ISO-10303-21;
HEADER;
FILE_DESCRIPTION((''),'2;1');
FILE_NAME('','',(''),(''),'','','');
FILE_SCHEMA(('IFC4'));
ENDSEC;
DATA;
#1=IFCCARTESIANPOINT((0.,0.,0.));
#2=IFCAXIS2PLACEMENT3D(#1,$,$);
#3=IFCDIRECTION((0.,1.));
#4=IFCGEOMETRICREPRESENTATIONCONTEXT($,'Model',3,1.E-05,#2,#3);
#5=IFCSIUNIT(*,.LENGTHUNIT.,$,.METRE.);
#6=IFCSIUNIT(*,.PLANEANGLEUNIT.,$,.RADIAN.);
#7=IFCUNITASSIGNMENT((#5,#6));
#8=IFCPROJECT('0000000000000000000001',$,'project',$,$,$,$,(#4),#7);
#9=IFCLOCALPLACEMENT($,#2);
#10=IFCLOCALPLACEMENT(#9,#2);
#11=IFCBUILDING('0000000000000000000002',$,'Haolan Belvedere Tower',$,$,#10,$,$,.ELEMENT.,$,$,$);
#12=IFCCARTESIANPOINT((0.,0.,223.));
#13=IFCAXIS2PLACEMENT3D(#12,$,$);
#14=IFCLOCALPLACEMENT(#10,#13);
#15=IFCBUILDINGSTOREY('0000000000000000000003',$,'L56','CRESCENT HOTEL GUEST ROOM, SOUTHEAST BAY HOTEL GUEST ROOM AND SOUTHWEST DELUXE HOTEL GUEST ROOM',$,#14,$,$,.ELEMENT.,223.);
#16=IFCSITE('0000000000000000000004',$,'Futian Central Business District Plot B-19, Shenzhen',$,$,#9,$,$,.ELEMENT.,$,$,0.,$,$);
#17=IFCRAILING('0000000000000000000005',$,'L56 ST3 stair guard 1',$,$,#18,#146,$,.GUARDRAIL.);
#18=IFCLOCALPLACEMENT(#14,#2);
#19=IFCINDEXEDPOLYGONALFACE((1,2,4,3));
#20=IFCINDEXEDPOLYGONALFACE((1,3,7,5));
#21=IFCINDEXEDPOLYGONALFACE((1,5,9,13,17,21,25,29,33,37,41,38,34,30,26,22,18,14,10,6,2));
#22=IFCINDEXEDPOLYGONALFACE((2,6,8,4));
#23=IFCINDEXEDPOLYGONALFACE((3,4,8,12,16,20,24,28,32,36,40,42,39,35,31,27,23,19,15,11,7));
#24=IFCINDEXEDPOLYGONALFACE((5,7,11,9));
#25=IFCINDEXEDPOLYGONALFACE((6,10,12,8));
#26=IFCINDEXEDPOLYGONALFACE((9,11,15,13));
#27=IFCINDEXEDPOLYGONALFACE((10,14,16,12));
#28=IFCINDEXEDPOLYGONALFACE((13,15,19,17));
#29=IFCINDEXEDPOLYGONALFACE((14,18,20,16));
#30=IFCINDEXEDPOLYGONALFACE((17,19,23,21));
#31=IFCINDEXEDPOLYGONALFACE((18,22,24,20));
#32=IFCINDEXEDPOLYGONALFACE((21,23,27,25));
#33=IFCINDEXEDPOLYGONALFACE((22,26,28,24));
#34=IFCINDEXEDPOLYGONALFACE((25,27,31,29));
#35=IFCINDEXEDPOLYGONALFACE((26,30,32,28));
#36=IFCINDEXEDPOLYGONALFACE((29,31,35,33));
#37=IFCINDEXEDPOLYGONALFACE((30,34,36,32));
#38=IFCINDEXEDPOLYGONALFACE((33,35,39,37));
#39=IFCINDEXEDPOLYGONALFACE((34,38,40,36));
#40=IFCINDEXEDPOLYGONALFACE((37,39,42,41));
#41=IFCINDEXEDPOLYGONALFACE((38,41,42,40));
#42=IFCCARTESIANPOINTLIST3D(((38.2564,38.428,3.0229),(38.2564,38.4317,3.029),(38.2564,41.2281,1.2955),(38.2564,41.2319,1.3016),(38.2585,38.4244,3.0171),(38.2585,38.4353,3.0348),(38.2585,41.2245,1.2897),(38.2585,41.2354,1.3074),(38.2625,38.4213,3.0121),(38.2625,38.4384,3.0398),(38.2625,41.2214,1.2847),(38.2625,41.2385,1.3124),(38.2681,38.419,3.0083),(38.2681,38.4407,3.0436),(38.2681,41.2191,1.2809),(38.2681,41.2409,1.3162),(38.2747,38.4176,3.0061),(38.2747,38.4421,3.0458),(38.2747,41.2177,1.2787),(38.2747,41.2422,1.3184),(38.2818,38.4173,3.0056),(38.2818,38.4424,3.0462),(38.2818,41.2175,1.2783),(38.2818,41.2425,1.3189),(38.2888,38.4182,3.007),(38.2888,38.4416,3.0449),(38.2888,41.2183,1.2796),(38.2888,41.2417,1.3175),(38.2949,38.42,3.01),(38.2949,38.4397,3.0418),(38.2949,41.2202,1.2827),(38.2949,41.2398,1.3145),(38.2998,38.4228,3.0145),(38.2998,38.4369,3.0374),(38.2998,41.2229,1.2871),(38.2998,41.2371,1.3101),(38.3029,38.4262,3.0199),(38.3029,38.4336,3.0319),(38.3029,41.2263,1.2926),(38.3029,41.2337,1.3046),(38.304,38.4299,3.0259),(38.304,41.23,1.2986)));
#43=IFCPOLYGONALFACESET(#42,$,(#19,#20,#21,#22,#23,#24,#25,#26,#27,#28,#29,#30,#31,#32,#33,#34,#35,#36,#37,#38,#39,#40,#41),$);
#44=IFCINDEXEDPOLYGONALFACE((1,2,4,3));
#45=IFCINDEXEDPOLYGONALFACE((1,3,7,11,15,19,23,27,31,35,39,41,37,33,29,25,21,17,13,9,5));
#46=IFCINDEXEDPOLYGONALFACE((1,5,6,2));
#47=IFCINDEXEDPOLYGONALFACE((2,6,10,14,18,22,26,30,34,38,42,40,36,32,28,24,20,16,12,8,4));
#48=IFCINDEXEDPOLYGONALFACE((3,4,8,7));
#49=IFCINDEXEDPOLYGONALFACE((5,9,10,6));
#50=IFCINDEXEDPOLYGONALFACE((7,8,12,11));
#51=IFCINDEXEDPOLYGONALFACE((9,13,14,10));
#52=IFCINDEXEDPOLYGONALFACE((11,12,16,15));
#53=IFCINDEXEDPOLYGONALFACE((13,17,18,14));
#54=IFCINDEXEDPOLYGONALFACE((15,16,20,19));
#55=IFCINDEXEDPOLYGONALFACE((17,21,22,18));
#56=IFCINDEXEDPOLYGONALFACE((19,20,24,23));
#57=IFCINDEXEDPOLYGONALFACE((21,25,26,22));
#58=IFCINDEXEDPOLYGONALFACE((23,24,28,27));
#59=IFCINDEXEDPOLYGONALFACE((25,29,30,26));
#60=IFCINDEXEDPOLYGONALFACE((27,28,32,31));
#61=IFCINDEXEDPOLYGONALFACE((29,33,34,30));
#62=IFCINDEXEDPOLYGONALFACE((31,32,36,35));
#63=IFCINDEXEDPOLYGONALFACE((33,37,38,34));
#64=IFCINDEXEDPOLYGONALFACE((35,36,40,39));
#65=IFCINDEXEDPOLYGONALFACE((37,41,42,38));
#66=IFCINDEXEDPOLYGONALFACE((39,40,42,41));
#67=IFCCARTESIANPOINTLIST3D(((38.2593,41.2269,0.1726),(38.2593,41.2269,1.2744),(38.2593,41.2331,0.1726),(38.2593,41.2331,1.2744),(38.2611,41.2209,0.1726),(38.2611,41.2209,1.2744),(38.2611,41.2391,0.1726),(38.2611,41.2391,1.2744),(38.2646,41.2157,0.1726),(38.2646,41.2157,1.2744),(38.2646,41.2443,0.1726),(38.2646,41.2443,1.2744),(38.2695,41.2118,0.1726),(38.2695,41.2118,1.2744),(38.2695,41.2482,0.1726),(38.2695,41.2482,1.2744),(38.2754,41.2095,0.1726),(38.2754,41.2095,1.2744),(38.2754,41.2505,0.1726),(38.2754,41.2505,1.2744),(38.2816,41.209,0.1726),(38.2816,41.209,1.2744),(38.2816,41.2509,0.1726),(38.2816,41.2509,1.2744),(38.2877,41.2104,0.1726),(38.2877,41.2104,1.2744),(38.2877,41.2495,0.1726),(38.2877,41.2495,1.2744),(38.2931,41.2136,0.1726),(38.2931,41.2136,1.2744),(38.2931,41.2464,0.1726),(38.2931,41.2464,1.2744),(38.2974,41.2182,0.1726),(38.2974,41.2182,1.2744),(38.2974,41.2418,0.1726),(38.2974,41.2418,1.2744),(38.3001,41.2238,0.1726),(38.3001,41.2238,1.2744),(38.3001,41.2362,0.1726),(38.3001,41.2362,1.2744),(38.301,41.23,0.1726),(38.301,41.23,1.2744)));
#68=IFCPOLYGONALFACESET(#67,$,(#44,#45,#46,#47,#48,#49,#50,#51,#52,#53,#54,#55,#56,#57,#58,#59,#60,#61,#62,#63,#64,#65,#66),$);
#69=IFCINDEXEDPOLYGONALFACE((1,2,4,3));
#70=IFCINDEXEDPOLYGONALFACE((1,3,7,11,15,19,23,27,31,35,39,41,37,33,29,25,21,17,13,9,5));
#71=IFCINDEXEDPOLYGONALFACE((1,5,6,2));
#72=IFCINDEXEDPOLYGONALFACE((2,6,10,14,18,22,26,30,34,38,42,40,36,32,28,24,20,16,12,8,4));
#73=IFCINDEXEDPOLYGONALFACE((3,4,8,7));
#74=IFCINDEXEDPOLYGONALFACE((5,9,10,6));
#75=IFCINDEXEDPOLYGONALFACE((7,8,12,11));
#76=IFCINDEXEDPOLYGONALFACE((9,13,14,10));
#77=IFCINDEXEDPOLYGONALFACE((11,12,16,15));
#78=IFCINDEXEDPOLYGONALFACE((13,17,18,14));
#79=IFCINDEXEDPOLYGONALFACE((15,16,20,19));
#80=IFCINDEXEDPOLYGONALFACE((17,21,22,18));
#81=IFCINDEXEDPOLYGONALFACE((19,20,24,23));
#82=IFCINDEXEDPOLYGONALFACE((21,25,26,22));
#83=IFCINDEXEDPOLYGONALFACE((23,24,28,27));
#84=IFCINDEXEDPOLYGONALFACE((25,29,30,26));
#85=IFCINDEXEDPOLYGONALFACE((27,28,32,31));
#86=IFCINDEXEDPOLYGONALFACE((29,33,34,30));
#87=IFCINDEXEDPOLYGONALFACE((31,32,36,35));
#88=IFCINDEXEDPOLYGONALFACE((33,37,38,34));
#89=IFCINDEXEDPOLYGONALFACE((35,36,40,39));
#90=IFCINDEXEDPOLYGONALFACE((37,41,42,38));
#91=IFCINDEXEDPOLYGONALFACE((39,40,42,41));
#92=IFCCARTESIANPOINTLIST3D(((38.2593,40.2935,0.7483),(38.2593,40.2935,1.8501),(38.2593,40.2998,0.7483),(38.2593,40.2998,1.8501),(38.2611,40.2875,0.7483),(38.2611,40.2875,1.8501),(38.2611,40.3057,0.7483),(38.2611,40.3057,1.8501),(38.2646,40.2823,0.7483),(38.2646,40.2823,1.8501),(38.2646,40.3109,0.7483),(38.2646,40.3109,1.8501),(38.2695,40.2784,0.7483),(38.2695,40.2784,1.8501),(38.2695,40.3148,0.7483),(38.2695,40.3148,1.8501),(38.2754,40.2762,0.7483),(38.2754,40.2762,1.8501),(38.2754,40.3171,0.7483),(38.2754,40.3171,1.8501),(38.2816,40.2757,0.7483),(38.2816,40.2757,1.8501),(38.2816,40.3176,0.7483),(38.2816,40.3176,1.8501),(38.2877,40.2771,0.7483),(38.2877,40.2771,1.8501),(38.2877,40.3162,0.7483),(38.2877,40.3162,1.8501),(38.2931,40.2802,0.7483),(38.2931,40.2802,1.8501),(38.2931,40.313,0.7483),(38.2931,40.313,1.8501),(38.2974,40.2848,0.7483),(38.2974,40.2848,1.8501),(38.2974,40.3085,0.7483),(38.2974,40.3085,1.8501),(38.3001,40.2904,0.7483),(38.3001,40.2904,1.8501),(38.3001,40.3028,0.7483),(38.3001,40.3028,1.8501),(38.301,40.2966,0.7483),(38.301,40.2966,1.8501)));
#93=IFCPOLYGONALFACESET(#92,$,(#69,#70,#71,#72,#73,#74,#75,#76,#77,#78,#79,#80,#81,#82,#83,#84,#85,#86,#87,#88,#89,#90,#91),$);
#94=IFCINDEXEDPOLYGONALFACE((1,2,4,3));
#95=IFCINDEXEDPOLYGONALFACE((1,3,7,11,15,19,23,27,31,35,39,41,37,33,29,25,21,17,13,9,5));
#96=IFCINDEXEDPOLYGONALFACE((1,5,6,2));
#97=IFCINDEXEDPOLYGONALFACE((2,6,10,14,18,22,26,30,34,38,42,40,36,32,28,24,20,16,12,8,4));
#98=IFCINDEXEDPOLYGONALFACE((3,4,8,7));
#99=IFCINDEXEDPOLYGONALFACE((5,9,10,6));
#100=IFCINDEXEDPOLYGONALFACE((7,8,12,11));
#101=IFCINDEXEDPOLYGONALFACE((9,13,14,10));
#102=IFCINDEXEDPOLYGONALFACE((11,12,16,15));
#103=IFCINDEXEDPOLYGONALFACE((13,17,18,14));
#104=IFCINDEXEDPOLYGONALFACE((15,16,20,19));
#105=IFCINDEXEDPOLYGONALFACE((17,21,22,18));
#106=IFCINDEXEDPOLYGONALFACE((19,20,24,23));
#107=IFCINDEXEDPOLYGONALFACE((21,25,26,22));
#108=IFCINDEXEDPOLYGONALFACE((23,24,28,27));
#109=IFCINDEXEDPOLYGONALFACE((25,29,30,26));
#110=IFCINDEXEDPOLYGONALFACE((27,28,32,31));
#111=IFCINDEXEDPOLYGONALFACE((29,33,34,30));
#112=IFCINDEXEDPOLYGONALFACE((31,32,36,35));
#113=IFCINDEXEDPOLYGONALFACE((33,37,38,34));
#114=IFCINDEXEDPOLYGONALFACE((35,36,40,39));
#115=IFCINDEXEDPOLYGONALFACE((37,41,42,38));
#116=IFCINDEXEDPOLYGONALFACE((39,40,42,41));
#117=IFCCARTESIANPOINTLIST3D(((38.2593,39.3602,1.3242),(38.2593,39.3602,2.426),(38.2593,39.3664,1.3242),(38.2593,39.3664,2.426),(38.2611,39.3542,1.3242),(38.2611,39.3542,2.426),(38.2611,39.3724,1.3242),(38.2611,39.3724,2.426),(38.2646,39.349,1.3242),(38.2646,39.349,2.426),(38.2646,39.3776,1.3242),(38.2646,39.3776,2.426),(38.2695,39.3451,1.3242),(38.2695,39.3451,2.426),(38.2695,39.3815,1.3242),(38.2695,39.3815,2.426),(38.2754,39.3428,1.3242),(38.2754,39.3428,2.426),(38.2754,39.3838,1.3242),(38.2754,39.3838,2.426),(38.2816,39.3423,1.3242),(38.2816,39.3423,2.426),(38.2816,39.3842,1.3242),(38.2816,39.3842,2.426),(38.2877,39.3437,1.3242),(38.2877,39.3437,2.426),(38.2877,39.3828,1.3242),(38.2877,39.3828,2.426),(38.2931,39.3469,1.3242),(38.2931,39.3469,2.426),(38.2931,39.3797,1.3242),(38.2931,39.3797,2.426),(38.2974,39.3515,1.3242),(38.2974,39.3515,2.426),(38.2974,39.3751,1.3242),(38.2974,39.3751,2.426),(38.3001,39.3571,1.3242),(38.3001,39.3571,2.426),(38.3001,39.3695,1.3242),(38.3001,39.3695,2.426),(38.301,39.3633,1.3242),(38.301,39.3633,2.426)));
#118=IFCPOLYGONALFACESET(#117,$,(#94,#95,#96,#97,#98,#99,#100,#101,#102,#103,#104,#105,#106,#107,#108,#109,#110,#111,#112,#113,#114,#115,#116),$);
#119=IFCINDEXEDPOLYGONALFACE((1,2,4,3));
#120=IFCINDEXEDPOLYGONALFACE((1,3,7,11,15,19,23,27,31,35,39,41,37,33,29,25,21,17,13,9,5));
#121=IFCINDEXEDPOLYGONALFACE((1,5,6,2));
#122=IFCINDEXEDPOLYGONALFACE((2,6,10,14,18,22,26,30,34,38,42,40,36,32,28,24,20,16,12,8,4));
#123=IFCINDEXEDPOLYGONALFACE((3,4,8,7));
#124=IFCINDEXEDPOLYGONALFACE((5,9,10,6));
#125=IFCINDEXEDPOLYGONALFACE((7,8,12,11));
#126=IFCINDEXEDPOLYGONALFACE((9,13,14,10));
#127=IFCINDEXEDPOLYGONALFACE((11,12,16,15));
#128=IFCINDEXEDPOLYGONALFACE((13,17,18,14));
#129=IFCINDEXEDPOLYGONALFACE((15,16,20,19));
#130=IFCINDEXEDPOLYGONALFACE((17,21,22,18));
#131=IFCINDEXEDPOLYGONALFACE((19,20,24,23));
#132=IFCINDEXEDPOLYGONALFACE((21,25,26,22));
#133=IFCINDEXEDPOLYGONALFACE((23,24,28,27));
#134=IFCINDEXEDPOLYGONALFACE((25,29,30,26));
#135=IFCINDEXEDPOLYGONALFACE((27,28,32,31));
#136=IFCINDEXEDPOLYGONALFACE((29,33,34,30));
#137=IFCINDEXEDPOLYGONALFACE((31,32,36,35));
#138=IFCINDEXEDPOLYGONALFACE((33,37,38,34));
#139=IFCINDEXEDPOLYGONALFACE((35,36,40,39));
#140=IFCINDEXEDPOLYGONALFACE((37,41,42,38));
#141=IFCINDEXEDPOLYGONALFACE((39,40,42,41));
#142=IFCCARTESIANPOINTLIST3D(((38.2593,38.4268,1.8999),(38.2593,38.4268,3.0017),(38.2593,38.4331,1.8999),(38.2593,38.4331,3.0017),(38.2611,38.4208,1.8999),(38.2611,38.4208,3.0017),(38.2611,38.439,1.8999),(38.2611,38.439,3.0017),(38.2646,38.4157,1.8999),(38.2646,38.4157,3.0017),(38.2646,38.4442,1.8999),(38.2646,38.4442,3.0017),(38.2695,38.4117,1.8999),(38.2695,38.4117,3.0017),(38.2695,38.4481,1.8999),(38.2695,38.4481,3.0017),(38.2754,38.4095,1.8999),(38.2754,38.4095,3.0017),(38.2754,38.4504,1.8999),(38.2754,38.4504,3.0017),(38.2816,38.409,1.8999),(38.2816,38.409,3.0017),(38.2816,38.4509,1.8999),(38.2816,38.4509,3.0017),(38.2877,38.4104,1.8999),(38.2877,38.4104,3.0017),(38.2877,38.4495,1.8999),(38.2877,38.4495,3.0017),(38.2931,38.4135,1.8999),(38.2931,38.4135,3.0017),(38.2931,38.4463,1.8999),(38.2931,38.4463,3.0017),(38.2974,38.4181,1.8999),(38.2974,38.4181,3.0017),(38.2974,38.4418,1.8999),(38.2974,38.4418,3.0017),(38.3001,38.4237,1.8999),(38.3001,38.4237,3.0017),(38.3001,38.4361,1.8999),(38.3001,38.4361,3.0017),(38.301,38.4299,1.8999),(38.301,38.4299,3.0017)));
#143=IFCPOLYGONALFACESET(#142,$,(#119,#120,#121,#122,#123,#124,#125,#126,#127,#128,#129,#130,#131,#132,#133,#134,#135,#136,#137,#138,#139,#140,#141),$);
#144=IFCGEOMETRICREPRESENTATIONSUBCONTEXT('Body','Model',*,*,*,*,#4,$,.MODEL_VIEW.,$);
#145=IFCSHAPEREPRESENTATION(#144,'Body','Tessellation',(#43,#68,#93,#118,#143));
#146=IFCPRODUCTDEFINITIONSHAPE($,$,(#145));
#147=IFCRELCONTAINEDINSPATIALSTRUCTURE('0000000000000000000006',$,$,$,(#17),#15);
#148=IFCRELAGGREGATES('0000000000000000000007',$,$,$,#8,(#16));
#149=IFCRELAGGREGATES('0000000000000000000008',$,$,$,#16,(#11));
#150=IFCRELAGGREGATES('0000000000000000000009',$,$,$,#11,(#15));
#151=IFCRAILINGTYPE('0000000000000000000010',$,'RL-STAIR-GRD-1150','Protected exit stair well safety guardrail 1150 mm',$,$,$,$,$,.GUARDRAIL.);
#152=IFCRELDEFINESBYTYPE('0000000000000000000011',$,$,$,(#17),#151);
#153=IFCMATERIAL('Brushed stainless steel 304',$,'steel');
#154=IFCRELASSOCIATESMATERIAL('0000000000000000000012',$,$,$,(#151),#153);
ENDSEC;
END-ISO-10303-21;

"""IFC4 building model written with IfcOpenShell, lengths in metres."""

from ifc_helpers import new_model, si_unit, direction, frame, origin, origin_2d, place, context, subcontext, project, spatial, circle, extrude, material, type_object, element, save


model = new_model("IFC4")

# Units and contexts
model_context = context("Model", 3, precision=1e-05, world=origin(), true_north=direction((0.0, 1.0)))
body_context = subcontext(model_context, "Body", "Model", "MODEL_VIEW")
ifc_project = project(units=[si_unit("LENGTHUNIT", "METRE"), si_unit("PLANEANGLEUNIT", "RADIAN")], contexts=[model_context])

# Site, building, storey
site_placement = place(None, origin())
site = spatial("IfcSite", under=ifc_project, at=site_placement, Name="Futian Central Business District Plot B-19, Shenzhen", CompositionType="ELEMENT", RefElevation=0.0)
building_placement = place(site_placement, origin())
building = spatial("IfcBuilding", under=site, at=building_placement, Name="Haolan Belvedere Tower", CompositionType="ELEMENT")
storey_placement = place(building_placement, frame((0.0, 0.0, 223.0)))
storey = spatial("IfcBuildingStorey", under=building, at=storey_placement, Name="L56", Description="CRESCENT HOTEL GUEST ROOM, SOUTHEAST BAY HOTEL GUEST ROOM AND SOUTHWEST DELUXE HOTEL GUEST ROOM", CompositionType="ELEMENT", Elevation=223.0)

# Railing
ifc_material_1 = material(Name="Brushed stainless steel 304", Category="steel")
railing_type_1 = type_object("IfcRailingType", Name="RL-STAIR-GRD-1150", Description="Protected exit stair well safety guardrail 1150 mm", PredefinedType="GUARDRAIL", material=ifc_material_1)
railing_1_placement = place(storey_placement, frame((38.28, 41.23, 0.1726)))
element("IfcRailing", 1, at=railing_1_placement, inside=storey, type_object=railing_type_1, Name="L56 ST3 stair guard 1", PredefinedType="GUARDRAIL", context=body_context, shape_type="SweptSolid", body=[
    extrude(circle(Radius=0.0239, at=origin_2d()), frame((0.0, 0.0, 1.126), z_axis=(0.0, -0.85109, 0.52502), x_axis=(1.0, 0.0, 0.0)), (0.0, 0.0, 1.0), 3.29),
    extrude(circle(Radius=0.021, at=origin_2d()), origin(), (0.0, 0.0, 1.0), 1.1018),
    extrude(circle(Radius=0.021, at=origin_2d()), frame((0.0, -0.9333, 0.5757)), (0.0, 0.0, 1.0), 1.1018),
    extrude(circle(Radius=0.021, at=origin_2d()), frame((0.0, -1.8667, 1.1516)), (0.0, 0.0, 1.0), 1.1018),
    extrude(circle(Radius=0.021, at=origin_2d()), frame((0.0, -2.8, 1.7273)), (0.0, 0.0, 1.0), 1.1018),
])

save(model, "model.ifc")
